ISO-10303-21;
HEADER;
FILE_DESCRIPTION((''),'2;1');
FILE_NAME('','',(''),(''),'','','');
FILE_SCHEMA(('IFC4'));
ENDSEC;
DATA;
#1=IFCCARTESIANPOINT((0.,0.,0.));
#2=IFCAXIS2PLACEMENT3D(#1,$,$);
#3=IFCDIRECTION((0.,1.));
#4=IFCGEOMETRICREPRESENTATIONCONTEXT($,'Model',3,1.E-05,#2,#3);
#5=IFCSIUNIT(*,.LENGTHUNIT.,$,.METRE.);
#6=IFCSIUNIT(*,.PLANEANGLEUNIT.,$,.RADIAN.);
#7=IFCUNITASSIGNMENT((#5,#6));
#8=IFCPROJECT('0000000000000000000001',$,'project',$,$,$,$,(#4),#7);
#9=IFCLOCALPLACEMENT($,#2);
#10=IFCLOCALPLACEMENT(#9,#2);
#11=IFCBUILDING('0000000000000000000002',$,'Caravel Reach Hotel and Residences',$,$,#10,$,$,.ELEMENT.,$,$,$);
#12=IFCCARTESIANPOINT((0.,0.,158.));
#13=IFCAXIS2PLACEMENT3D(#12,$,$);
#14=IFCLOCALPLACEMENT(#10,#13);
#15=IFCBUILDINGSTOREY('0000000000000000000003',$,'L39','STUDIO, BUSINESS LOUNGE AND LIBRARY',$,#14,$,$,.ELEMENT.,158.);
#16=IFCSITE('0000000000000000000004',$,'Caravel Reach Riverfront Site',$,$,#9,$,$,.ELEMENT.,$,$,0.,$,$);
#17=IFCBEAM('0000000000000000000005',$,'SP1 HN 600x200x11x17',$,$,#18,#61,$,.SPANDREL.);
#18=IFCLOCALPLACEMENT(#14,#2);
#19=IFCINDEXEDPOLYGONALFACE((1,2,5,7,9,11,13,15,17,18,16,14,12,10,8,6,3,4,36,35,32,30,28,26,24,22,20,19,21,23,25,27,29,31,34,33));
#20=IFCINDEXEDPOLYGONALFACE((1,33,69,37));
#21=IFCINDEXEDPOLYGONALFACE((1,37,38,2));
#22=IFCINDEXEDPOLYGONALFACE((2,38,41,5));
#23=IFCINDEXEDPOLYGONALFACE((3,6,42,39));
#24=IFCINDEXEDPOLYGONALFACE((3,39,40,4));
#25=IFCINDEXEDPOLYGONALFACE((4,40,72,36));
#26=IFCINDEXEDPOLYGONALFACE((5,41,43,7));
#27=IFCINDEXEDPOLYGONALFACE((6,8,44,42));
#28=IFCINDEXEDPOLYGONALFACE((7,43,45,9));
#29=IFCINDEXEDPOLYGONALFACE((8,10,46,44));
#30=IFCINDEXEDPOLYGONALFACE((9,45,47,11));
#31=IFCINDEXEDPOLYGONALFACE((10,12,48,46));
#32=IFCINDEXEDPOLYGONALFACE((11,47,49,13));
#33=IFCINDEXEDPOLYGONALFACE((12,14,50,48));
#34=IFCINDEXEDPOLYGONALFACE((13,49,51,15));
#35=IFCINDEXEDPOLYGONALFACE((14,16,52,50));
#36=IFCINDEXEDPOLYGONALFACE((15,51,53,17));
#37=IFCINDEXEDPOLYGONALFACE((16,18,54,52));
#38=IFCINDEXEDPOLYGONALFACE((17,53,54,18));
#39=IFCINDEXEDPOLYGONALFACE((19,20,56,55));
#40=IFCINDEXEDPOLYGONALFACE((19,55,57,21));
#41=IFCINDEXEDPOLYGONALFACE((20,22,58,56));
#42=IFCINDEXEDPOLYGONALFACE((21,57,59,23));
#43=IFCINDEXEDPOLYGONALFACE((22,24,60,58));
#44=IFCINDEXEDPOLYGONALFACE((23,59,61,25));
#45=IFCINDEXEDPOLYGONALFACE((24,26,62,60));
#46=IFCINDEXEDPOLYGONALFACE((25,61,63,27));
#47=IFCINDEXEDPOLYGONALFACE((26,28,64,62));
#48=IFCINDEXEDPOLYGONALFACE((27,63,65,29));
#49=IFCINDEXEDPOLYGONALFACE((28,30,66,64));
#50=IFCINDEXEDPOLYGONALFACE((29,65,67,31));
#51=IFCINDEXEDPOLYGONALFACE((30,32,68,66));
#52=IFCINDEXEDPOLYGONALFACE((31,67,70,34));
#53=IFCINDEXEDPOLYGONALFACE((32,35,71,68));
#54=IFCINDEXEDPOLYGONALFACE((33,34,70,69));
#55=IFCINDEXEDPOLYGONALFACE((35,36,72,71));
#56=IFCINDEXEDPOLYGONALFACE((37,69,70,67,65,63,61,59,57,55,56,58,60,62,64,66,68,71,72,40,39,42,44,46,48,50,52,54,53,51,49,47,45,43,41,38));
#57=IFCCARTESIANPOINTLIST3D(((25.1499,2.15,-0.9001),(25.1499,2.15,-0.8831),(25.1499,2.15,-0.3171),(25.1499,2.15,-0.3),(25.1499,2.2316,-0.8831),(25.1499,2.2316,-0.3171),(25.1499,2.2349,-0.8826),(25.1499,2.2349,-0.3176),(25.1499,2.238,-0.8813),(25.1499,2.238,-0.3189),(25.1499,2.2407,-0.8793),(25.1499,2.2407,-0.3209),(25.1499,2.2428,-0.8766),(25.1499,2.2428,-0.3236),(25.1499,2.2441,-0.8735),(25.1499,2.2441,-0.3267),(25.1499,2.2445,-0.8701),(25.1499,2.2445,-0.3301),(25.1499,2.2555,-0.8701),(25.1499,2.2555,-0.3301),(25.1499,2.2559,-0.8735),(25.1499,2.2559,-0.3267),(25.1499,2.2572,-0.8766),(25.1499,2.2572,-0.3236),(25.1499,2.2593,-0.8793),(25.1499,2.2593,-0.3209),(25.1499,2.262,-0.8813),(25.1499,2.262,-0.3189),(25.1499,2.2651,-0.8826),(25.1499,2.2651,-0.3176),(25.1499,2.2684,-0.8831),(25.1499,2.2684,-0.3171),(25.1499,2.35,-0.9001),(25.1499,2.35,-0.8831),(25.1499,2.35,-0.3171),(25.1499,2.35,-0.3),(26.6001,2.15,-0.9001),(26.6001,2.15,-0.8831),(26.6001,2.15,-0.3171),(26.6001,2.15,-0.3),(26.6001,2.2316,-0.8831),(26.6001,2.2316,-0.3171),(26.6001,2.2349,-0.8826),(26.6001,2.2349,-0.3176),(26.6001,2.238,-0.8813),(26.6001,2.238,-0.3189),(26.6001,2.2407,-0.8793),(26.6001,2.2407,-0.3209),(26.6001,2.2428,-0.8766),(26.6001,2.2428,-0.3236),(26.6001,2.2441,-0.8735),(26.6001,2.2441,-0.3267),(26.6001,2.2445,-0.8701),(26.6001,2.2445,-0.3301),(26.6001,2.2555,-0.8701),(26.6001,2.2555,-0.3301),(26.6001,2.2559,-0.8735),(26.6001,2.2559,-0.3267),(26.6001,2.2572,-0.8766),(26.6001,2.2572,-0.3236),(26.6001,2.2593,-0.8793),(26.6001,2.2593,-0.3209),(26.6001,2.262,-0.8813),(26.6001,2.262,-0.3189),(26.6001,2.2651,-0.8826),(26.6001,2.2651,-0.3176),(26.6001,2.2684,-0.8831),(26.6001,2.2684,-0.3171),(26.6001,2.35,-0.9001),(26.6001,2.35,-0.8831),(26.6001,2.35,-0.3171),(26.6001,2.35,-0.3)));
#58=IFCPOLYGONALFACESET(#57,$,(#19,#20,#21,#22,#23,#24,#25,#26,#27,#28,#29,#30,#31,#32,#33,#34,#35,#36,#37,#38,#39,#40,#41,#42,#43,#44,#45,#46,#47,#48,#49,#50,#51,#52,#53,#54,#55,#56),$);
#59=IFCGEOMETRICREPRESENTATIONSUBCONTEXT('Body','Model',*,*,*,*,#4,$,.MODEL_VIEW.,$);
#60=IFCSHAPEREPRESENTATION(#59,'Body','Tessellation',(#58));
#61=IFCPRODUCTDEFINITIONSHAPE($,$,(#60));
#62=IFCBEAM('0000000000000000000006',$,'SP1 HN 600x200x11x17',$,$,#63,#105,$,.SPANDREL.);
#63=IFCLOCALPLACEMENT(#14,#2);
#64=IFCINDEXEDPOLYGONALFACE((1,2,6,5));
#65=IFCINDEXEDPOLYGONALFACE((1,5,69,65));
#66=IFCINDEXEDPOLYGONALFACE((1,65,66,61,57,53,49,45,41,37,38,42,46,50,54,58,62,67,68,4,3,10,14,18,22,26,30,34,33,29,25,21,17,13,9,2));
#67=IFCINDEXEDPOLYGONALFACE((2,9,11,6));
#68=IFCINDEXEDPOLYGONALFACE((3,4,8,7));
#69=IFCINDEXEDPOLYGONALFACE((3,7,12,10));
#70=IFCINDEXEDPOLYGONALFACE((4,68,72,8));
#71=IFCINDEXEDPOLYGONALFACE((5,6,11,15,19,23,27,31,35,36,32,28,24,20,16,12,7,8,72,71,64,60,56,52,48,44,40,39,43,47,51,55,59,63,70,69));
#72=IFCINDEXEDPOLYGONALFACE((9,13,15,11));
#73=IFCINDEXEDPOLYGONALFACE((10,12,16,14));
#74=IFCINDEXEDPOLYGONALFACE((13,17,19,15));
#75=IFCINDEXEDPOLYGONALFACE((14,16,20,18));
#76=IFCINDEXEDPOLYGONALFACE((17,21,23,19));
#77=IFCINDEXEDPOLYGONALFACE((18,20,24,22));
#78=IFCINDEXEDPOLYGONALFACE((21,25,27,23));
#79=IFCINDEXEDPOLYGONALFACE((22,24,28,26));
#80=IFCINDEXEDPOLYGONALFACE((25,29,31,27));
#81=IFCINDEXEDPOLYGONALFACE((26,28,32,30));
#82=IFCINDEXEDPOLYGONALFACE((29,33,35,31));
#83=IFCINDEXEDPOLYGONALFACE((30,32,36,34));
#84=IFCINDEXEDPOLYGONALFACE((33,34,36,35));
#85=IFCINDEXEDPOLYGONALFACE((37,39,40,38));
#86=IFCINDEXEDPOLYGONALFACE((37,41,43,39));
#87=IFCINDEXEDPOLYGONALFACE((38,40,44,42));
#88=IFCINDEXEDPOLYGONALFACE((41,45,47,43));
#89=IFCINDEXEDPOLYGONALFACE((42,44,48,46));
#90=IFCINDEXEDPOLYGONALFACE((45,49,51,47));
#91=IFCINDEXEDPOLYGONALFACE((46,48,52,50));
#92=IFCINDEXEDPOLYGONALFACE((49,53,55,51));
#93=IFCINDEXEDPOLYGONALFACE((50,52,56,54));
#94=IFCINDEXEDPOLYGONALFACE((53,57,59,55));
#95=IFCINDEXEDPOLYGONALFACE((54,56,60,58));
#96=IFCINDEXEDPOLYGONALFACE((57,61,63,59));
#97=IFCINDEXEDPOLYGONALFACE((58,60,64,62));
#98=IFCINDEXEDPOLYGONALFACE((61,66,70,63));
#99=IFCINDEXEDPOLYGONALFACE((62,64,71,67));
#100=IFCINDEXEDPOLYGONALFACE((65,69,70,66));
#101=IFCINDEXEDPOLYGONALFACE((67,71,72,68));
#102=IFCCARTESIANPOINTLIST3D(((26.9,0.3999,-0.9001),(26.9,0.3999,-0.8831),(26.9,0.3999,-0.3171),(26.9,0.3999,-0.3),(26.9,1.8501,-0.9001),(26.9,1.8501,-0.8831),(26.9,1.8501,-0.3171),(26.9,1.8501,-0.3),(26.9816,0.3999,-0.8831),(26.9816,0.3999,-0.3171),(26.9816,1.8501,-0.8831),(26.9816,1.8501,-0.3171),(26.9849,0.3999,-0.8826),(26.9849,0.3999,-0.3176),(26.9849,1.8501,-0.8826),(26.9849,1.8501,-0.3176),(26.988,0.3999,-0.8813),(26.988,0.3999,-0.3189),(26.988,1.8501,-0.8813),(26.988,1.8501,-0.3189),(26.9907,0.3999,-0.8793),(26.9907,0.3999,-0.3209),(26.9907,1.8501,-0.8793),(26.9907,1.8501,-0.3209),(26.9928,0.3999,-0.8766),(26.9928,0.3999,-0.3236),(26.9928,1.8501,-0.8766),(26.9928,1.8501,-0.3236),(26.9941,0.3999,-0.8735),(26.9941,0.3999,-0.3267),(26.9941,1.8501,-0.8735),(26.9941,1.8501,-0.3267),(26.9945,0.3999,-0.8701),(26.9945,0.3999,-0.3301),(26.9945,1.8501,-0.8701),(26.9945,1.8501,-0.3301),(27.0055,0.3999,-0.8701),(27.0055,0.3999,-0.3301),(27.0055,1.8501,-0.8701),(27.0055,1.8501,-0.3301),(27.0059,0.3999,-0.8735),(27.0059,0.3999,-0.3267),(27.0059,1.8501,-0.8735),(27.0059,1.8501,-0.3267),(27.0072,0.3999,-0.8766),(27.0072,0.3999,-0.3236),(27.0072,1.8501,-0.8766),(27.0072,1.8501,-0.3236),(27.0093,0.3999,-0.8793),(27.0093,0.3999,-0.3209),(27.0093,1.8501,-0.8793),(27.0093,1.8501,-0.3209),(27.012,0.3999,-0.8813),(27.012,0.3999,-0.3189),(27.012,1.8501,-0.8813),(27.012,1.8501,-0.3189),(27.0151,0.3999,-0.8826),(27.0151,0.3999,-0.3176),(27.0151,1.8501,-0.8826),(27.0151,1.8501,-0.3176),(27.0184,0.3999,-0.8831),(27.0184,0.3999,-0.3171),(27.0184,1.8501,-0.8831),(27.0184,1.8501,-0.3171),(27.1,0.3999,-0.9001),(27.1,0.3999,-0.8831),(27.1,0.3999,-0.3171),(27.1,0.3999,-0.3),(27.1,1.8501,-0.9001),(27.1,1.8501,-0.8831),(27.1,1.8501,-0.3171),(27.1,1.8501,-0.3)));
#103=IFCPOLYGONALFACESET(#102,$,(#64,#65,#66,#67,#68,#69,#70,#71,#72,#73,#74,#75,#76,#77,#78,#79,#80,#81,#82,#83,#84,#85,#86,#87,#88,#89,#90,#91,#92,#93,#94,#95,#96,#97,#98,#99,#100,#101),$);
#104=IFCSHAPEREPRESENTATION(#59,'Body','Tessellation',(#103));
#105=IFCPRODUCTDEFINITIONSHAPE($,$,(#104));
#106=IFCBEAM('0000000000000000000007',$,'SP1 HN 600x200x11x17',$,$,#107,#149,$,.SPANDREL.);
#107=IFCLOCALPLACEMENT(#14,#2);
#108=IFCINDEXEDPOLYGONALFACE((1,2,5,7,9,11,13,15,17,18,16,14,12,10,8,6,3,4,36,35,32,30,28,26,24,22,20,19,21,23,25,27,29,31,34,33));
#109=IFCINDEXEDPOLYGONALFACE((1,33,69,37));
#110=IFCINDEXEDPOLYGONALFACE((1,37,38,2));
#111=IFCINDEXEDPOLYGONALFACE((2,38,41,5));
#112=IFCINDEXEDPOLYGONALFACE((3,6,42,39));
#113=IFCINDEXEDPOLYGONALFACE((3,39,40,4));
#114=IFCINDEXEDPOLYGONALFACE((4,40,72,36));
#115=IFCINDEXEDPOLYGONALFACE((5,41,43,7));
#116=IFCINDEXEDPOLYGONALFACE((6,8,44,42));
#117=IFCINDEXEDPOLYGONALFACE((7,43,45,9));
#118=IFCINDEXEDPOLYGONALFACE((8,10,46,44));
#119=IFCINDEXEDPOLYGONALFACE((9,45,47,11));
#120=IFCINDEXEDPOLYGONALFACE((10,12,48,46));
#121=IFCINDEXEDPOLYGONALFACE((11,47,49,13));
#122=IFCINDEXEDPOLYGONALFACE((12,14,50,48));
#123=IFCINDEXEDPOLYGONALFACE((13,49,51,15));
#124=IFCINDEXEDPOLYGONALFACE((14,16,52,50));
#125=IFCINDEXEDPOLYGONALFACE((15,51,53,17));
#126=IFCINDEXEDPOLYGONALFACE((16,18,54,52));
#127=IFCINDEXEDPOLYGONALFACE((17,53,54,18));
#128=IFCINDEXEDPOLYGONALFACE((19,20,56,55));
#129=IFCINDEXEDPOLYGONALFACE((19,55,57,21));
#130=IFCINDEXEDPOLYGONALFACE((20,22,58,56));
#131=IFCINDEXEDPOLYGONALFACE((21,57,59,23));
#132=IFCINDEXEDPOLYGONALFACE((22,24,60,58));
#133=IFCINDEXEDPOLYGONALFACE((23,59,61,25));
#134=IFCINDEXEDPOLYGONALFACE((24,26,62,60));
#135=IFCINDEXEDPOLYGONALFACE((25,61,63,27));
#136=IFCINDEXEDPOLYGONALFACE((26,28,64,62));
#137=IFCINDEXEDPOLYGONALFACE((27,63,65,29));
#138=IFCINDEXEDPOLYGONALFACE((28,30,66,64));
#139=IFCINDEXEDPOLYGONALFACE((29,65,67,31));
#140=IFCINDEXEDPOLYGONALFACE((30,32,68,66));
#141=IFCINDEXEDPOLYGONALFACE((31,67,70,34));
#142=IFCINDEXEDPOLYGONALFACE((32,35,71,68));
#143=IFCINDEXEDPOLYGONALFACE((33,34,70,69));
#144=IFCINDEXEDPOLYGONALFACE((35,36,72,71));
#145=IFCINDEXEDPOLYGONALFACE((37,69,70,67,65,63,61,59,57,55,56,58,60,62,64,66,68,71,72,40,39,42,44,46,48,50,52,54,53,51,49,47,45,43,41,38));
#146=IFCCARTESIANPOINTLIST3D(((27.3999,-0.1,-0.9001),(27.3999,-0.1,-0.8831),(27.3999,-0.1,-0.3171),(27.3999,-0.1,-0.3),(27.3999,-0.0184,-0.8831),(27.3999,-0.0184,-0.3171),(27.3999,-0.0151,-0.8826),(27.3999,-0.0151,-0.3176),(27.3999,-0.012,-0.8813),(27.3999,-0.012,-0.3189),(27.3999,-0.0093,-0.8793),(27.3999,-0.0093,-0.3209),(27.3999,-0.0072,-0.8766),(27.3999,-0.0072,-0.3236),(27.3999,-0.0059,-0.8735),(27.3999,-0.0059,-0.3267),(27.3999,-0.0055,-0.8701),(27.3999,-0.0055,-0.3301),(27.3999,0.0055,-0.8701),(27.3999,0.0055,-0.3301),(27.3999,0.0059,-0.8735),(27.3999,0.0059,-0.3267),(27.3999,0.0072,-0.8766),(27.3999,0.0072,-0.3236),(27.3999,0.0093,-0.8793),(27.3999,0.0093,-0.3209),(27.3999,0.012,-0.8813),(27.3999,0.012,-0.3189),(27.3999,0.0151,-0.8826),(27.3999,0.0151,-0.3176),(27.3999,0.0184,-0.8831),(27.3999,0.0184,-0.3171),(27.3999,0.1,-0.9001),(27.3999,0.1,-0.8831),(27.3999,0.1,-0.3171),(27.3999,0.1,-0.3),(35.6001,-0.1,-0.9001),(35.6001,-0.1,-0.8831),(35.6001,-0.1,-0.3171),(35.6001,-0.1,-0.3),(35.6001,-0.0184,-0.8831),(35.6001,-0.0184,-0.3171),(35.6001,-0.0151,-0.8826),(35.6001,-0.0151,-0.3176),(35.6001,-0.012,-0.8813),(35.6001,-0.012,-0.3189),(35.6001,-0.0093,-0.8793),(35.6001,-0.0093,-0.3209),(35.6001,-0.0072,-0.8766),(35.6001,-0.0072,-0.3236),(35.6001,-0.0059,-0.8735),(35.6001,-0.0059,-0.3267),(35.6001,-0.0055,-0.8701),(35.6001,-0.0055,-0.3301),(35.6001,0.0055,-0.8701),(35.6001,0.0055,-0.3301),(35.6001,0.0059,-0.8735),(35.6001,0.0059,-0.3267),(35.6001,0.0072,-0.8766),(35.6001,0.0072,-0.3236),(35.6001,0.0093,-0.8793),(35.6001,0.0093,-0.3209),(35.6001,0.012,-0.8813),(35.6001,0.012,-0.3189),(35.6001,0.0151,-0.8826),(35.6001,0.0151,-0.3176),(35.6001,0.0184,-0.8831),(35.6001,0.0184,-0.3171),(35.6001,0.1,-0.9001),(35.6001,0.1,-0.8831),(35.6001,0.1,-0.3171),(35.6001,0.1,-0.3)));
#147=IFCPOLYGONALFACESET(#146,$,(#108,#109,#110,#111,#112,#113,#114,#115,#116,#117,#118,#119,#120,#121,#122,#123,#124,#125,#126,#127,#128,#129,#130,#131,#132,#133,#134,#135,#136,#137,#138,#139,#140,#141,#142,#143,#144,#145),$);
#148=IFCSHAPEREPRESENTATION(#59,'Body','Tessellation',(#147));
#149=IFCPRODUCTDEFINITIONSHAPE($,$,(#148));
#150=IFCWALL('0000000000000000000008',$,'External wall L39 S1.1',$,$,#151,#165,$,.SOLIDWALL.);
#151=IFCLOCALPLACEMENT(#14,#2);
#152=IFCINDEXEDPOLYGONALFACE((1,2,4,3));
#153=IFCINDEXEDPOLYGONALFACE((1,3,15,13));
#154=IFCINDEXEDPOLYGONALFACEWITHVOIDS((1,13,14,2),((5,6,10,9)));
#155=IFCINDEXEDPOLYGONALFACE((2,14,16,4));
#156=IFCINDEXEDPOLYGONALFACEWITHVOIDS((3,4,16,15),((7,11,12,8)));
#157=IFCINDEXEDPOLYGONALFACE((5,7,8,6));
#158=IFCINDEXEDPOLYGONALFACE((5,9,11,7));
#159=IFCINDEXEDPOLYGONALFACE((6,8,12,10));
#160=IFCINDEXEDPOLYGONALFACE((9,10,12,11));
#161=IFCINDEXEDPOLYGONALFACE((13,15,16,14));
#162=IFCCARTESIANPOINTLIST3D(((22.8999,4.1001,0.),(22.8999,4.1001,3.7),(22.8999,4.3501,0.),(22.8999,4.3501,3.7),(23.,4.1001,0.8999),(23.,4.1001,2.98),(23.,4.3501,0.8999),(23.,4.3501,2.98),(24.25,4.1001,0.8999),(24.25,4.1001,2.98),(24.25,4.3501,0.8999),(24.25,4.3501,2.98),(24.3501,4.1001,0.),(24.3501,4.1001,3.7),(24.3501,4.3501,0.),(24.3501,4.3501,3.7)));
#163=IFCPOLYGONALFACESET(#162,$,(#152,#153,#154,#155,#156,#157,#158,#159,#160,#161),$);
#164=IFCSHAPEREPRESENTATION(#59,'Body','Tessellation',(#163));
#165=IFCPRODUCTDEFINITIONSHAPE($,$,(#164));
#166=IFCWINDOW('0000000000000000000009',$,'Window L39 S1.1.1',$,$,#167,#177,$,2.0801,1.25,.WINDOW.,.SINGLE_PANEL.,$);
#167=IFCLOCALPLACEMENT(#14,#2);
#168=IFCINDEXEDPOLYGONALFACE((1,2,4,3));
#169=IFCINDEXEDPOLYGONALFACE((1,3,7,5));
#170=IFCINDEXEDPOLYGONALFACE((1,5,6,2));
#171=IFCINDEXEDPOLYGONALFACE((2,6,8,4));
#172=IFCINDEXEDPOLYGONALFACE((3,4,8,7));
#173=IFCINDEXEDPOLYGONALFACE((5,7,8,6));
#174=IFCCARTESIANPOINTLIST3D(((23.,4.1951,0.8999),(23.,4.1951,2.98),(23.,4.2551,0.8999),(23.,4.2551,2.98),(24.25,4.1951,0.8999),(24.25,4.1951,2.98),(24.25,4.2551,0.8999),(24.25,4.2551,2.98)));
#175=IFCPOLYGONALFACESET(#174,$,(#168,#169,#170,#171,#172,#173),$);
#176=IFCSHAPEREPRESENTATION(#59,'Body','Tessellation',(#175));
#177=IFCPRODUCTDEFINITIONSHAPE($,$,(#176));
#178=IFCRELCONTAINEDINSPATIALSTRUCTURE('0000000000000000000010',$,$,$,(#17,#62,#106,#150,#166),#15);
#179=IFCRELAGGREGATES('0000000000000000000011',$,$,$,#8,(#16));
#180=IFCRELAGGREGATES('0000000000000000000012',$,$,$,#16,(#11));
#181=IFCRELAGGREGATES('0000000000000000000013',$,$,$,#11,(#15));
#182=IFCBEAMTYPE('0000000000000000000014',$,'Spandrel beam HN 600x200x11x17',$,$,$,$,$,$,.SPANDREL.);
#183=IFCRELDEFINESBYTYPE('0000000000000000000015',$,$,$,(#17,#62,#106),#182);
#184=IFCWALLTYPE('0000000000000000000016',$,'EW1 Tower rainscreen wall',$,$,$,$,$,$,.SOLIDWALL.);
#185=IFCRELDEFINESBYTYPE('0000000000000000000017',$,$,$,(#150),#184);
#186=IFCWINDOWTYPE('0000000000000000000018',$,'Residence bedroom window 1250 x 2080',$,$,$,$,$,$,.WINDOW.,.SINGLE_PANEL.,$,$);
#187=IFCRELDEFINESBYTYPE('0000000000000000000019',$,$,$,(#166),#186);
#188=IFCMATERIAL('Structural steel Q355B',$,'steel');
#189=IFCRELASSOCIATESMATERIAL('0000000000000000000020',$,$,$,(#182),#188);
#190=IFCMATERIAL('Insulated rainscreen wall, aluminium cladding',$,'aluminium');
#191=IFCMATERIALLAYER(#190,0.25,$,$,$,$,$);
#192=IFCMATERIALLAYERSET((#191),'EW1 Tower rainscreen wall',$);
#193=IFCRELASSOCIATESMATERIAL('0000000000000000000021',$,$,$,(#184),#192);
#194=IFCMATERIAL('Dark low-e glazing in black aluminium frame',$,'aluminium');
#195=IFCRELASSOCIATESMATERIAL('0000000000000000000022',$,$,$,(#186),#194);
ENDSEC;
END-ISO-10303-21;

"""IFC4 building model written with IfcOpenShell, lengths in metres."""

from ifc_helpers import new_model, si_unit, direction, frame, frame_2d, origin, origin_2d, place, context, subcontext, project, spatial, rectangle, i_section, extrude, material, layer, layer_set, material_profile, profile_set, type_object, element, fill, save


model = new_model("IFC4")

# Units and contexts
model_context = context("Model", 3, precision=1e-05, world=origin(), true_north=direction((0.0, 1.0)))
body_context = subcontext(model_context, "Body", "Model", "MODEL_VIEW")
ifc_project = project(units=[si_unit("LENGTHUNIT", "METRE"), si_unit("PLANEANGLEUNIT", "RADIAN")], contexts=[model_context])

# Site, building, storey
site_placement = place(None, origin())
site = spatial("IfcSite", under=ifc_project, at=site_placement, Name="Caravel Reach Riverfront Site", CompositionType="ELEMENT", RefElevation=0.0)
building_placement = place(site_placement, origin())
building = spatial("IfcBuilding", under=site, at=building_placement, Name="Caravel Reach Hotel and Residences", CompositionType="ELEMENT")
storey_placement = place(building_placement, frame((0.0, 0.0, 158.0)))
storey = spatial("IfcBuildingStorey", under=building, at=storey_placement, Name="L39", Description="STUDIO, BUSINESS LOUNGE AND LIBRARY", CompositionType="ELEMENT", Elevation=158.0)

# Beams
ifc_material_1 = material(Name="Structural steel Q355B", Category="steel")
ifc_material_profile_1 = material_profile(ifc_material_1, i_section(OverallWidth=0.2, OverallDepth=0.6001, WebThickness=0.011, FlangeThickness=0.0171, FilletRadius=0.0129, at=origin_2d()), Name="HN 600x200x11x17")
ifc_profile_set_1 = profile_set([ifc_material_profile_1], Name="Structural steel Q355B")
beam_type = type_object("IfcBeamType", Name="Spandrel beam HN 600x200x11x17", PredefinedType="SPANDREL", material=ifc_profile_set_1)
for number, where, z_axis, x_axis, name in (
    (1, (25.1499, 2.25, -0.6001), (1.0, 0.0, 0.0), (0.0, 1.0, 0.0), "SP1 HN 600x200x11x17"),
    (2, (27.0, 1.8501, -0.6001), (0.0, -1.0, 0.0), (1.0, 0.0, 0.0), "SP1 HN 600x200x11x17"),
):
    element("IfcBeam", number, at=place(storey_placement, frame(where, z_axis=z_axis, x_axis=x_axis)), inside=storey, type_object=beam_type, Name=name, PredefinedType="SPANDREL", context=body_context, shape_type="SweptSolid", body=[
        extrude(i_section(OverallWidth=0.2, OverallDepth=0.6001, WebThickness=0.011, FlangeThickness=0.0171, FilletRadius=0.0129, at=origin_2d()), origin(), (0.0, 0.0, 1.0), 1.4502),
    ])
beam_placement = place(storey_placement, frame((27.3999, 0.0, -0.6001), z_axis=(1.0, 0.0, 0.0), x_axis=(0.0, 1.0, 0.0)))
element("IfcBeam", 3, at=beam_placement, inside=storey, type_object=beam_type, Name="SP1 HN 600x200x11x17", PredefinedType="SPANDREL", context=body_context, shape_type="SweptSolid", body=[
    extrude(i_section(OverallWidth=0.2, OverallDepth=0.6001, WebThickness=0.011, FlangeThickness=0.0171, FilletRadius=0.0129, at=origin_2d()), origin(), (0.0, 0.0, 1.0), 8.2002),
])

# Wall, opening, window
ifc_material_2 = material(Name="Insulated rainscreen wall, aluminium cladding", Category="aluminium")
ifc_layer_1 = layer(ifc_material_2, 0.25)
ifc_layer_set_1 = layer_set([ifc_layer_1], Name="EW1 Tower rainscreen wall")
wall_type_1 = type_object("IfcWallType", Name="EW1 Tower rainscreen wall", PredefinedType="SOLIDWALL", material=ifc_layer_set_1)
wall_1_placement = place(storey_placement, frame((22.8999, 4.2251, 0.0), z_axis=(0.0, 0.0, 1.0), x_axis=(1.0, 0.0, 0.0)))
wall_1 = element("IfcWall", 4, at=wall_1_placement, inside=storey, type_object=wall_type_1, Name="External wall L39 S1.1", PredefinedType="SOLIDWALL", context=body_context, shape_type="SweptSolid", body=[
    extrude(rectangle(XDim=1.4502, YDim=0.25, at=frame_2d((0.7251, 0.0))), origin(), (0.0, 0.0, 1.0), 3.7),
])
opening_1_placement = place(wall_1_placement, frame((0.1001, 0.0, 0.8999)))
opening_1 = element("IfcOpeningElement", 5, at=opening_1_placement, cuts=wall_1, PredefinedType="OPENING", context=body_context, shape_type="SweptSolid", body=[
    extrude(rectangle(XDim=1.25, YDim=2.0801, at=frame_2d((0.625, 1.04))), frame((0.0, 0.135, 0.0), z_axis=(0.0, -1.0, 0.0), x_axis=(1.0, 0.0, 0.0)), (0.0, 0.0, 1.0), 0.27),
])
ifc_material_3 = material(Name="Dark low-e glazing in black aluminium frame", Category="aluminium")
window_type_1 = type_object("IfcWindowType", Name="Residence bedroom window 1250 x 2080", PartitioningType="SINGLE_PANEL", PredefinedType="WINDOW", material=ifc_material_3)
window_1_placement = place(opening_1_placement, origin())
window_1 = element("IfcWindow", 6, at=window_1_placement, inside=storey, type_object=window_type_1, Name="Window L39 S1.1.1", OverallHeight=2.0801, OverallWidth=1.25, PartitioningType="SINGLE_PANEL", PredefinedType="WINDOW", context=body_context, shape_type="SweptSolid", body=[
    extrude(rectangle(XDim=1.25, YDim=2.0801, at=frame_2d((0.625, 1.04))), frame((0.0, 0.03, 0.0), z_axis=(0.0, -1.0, 0.0), x_axis=(1.0, 0.0, 0.0)), (0.0, 0.0, 1.0), 0.0601),
])
fill(opening_1, window_1)

save(model, "model.ifc")
